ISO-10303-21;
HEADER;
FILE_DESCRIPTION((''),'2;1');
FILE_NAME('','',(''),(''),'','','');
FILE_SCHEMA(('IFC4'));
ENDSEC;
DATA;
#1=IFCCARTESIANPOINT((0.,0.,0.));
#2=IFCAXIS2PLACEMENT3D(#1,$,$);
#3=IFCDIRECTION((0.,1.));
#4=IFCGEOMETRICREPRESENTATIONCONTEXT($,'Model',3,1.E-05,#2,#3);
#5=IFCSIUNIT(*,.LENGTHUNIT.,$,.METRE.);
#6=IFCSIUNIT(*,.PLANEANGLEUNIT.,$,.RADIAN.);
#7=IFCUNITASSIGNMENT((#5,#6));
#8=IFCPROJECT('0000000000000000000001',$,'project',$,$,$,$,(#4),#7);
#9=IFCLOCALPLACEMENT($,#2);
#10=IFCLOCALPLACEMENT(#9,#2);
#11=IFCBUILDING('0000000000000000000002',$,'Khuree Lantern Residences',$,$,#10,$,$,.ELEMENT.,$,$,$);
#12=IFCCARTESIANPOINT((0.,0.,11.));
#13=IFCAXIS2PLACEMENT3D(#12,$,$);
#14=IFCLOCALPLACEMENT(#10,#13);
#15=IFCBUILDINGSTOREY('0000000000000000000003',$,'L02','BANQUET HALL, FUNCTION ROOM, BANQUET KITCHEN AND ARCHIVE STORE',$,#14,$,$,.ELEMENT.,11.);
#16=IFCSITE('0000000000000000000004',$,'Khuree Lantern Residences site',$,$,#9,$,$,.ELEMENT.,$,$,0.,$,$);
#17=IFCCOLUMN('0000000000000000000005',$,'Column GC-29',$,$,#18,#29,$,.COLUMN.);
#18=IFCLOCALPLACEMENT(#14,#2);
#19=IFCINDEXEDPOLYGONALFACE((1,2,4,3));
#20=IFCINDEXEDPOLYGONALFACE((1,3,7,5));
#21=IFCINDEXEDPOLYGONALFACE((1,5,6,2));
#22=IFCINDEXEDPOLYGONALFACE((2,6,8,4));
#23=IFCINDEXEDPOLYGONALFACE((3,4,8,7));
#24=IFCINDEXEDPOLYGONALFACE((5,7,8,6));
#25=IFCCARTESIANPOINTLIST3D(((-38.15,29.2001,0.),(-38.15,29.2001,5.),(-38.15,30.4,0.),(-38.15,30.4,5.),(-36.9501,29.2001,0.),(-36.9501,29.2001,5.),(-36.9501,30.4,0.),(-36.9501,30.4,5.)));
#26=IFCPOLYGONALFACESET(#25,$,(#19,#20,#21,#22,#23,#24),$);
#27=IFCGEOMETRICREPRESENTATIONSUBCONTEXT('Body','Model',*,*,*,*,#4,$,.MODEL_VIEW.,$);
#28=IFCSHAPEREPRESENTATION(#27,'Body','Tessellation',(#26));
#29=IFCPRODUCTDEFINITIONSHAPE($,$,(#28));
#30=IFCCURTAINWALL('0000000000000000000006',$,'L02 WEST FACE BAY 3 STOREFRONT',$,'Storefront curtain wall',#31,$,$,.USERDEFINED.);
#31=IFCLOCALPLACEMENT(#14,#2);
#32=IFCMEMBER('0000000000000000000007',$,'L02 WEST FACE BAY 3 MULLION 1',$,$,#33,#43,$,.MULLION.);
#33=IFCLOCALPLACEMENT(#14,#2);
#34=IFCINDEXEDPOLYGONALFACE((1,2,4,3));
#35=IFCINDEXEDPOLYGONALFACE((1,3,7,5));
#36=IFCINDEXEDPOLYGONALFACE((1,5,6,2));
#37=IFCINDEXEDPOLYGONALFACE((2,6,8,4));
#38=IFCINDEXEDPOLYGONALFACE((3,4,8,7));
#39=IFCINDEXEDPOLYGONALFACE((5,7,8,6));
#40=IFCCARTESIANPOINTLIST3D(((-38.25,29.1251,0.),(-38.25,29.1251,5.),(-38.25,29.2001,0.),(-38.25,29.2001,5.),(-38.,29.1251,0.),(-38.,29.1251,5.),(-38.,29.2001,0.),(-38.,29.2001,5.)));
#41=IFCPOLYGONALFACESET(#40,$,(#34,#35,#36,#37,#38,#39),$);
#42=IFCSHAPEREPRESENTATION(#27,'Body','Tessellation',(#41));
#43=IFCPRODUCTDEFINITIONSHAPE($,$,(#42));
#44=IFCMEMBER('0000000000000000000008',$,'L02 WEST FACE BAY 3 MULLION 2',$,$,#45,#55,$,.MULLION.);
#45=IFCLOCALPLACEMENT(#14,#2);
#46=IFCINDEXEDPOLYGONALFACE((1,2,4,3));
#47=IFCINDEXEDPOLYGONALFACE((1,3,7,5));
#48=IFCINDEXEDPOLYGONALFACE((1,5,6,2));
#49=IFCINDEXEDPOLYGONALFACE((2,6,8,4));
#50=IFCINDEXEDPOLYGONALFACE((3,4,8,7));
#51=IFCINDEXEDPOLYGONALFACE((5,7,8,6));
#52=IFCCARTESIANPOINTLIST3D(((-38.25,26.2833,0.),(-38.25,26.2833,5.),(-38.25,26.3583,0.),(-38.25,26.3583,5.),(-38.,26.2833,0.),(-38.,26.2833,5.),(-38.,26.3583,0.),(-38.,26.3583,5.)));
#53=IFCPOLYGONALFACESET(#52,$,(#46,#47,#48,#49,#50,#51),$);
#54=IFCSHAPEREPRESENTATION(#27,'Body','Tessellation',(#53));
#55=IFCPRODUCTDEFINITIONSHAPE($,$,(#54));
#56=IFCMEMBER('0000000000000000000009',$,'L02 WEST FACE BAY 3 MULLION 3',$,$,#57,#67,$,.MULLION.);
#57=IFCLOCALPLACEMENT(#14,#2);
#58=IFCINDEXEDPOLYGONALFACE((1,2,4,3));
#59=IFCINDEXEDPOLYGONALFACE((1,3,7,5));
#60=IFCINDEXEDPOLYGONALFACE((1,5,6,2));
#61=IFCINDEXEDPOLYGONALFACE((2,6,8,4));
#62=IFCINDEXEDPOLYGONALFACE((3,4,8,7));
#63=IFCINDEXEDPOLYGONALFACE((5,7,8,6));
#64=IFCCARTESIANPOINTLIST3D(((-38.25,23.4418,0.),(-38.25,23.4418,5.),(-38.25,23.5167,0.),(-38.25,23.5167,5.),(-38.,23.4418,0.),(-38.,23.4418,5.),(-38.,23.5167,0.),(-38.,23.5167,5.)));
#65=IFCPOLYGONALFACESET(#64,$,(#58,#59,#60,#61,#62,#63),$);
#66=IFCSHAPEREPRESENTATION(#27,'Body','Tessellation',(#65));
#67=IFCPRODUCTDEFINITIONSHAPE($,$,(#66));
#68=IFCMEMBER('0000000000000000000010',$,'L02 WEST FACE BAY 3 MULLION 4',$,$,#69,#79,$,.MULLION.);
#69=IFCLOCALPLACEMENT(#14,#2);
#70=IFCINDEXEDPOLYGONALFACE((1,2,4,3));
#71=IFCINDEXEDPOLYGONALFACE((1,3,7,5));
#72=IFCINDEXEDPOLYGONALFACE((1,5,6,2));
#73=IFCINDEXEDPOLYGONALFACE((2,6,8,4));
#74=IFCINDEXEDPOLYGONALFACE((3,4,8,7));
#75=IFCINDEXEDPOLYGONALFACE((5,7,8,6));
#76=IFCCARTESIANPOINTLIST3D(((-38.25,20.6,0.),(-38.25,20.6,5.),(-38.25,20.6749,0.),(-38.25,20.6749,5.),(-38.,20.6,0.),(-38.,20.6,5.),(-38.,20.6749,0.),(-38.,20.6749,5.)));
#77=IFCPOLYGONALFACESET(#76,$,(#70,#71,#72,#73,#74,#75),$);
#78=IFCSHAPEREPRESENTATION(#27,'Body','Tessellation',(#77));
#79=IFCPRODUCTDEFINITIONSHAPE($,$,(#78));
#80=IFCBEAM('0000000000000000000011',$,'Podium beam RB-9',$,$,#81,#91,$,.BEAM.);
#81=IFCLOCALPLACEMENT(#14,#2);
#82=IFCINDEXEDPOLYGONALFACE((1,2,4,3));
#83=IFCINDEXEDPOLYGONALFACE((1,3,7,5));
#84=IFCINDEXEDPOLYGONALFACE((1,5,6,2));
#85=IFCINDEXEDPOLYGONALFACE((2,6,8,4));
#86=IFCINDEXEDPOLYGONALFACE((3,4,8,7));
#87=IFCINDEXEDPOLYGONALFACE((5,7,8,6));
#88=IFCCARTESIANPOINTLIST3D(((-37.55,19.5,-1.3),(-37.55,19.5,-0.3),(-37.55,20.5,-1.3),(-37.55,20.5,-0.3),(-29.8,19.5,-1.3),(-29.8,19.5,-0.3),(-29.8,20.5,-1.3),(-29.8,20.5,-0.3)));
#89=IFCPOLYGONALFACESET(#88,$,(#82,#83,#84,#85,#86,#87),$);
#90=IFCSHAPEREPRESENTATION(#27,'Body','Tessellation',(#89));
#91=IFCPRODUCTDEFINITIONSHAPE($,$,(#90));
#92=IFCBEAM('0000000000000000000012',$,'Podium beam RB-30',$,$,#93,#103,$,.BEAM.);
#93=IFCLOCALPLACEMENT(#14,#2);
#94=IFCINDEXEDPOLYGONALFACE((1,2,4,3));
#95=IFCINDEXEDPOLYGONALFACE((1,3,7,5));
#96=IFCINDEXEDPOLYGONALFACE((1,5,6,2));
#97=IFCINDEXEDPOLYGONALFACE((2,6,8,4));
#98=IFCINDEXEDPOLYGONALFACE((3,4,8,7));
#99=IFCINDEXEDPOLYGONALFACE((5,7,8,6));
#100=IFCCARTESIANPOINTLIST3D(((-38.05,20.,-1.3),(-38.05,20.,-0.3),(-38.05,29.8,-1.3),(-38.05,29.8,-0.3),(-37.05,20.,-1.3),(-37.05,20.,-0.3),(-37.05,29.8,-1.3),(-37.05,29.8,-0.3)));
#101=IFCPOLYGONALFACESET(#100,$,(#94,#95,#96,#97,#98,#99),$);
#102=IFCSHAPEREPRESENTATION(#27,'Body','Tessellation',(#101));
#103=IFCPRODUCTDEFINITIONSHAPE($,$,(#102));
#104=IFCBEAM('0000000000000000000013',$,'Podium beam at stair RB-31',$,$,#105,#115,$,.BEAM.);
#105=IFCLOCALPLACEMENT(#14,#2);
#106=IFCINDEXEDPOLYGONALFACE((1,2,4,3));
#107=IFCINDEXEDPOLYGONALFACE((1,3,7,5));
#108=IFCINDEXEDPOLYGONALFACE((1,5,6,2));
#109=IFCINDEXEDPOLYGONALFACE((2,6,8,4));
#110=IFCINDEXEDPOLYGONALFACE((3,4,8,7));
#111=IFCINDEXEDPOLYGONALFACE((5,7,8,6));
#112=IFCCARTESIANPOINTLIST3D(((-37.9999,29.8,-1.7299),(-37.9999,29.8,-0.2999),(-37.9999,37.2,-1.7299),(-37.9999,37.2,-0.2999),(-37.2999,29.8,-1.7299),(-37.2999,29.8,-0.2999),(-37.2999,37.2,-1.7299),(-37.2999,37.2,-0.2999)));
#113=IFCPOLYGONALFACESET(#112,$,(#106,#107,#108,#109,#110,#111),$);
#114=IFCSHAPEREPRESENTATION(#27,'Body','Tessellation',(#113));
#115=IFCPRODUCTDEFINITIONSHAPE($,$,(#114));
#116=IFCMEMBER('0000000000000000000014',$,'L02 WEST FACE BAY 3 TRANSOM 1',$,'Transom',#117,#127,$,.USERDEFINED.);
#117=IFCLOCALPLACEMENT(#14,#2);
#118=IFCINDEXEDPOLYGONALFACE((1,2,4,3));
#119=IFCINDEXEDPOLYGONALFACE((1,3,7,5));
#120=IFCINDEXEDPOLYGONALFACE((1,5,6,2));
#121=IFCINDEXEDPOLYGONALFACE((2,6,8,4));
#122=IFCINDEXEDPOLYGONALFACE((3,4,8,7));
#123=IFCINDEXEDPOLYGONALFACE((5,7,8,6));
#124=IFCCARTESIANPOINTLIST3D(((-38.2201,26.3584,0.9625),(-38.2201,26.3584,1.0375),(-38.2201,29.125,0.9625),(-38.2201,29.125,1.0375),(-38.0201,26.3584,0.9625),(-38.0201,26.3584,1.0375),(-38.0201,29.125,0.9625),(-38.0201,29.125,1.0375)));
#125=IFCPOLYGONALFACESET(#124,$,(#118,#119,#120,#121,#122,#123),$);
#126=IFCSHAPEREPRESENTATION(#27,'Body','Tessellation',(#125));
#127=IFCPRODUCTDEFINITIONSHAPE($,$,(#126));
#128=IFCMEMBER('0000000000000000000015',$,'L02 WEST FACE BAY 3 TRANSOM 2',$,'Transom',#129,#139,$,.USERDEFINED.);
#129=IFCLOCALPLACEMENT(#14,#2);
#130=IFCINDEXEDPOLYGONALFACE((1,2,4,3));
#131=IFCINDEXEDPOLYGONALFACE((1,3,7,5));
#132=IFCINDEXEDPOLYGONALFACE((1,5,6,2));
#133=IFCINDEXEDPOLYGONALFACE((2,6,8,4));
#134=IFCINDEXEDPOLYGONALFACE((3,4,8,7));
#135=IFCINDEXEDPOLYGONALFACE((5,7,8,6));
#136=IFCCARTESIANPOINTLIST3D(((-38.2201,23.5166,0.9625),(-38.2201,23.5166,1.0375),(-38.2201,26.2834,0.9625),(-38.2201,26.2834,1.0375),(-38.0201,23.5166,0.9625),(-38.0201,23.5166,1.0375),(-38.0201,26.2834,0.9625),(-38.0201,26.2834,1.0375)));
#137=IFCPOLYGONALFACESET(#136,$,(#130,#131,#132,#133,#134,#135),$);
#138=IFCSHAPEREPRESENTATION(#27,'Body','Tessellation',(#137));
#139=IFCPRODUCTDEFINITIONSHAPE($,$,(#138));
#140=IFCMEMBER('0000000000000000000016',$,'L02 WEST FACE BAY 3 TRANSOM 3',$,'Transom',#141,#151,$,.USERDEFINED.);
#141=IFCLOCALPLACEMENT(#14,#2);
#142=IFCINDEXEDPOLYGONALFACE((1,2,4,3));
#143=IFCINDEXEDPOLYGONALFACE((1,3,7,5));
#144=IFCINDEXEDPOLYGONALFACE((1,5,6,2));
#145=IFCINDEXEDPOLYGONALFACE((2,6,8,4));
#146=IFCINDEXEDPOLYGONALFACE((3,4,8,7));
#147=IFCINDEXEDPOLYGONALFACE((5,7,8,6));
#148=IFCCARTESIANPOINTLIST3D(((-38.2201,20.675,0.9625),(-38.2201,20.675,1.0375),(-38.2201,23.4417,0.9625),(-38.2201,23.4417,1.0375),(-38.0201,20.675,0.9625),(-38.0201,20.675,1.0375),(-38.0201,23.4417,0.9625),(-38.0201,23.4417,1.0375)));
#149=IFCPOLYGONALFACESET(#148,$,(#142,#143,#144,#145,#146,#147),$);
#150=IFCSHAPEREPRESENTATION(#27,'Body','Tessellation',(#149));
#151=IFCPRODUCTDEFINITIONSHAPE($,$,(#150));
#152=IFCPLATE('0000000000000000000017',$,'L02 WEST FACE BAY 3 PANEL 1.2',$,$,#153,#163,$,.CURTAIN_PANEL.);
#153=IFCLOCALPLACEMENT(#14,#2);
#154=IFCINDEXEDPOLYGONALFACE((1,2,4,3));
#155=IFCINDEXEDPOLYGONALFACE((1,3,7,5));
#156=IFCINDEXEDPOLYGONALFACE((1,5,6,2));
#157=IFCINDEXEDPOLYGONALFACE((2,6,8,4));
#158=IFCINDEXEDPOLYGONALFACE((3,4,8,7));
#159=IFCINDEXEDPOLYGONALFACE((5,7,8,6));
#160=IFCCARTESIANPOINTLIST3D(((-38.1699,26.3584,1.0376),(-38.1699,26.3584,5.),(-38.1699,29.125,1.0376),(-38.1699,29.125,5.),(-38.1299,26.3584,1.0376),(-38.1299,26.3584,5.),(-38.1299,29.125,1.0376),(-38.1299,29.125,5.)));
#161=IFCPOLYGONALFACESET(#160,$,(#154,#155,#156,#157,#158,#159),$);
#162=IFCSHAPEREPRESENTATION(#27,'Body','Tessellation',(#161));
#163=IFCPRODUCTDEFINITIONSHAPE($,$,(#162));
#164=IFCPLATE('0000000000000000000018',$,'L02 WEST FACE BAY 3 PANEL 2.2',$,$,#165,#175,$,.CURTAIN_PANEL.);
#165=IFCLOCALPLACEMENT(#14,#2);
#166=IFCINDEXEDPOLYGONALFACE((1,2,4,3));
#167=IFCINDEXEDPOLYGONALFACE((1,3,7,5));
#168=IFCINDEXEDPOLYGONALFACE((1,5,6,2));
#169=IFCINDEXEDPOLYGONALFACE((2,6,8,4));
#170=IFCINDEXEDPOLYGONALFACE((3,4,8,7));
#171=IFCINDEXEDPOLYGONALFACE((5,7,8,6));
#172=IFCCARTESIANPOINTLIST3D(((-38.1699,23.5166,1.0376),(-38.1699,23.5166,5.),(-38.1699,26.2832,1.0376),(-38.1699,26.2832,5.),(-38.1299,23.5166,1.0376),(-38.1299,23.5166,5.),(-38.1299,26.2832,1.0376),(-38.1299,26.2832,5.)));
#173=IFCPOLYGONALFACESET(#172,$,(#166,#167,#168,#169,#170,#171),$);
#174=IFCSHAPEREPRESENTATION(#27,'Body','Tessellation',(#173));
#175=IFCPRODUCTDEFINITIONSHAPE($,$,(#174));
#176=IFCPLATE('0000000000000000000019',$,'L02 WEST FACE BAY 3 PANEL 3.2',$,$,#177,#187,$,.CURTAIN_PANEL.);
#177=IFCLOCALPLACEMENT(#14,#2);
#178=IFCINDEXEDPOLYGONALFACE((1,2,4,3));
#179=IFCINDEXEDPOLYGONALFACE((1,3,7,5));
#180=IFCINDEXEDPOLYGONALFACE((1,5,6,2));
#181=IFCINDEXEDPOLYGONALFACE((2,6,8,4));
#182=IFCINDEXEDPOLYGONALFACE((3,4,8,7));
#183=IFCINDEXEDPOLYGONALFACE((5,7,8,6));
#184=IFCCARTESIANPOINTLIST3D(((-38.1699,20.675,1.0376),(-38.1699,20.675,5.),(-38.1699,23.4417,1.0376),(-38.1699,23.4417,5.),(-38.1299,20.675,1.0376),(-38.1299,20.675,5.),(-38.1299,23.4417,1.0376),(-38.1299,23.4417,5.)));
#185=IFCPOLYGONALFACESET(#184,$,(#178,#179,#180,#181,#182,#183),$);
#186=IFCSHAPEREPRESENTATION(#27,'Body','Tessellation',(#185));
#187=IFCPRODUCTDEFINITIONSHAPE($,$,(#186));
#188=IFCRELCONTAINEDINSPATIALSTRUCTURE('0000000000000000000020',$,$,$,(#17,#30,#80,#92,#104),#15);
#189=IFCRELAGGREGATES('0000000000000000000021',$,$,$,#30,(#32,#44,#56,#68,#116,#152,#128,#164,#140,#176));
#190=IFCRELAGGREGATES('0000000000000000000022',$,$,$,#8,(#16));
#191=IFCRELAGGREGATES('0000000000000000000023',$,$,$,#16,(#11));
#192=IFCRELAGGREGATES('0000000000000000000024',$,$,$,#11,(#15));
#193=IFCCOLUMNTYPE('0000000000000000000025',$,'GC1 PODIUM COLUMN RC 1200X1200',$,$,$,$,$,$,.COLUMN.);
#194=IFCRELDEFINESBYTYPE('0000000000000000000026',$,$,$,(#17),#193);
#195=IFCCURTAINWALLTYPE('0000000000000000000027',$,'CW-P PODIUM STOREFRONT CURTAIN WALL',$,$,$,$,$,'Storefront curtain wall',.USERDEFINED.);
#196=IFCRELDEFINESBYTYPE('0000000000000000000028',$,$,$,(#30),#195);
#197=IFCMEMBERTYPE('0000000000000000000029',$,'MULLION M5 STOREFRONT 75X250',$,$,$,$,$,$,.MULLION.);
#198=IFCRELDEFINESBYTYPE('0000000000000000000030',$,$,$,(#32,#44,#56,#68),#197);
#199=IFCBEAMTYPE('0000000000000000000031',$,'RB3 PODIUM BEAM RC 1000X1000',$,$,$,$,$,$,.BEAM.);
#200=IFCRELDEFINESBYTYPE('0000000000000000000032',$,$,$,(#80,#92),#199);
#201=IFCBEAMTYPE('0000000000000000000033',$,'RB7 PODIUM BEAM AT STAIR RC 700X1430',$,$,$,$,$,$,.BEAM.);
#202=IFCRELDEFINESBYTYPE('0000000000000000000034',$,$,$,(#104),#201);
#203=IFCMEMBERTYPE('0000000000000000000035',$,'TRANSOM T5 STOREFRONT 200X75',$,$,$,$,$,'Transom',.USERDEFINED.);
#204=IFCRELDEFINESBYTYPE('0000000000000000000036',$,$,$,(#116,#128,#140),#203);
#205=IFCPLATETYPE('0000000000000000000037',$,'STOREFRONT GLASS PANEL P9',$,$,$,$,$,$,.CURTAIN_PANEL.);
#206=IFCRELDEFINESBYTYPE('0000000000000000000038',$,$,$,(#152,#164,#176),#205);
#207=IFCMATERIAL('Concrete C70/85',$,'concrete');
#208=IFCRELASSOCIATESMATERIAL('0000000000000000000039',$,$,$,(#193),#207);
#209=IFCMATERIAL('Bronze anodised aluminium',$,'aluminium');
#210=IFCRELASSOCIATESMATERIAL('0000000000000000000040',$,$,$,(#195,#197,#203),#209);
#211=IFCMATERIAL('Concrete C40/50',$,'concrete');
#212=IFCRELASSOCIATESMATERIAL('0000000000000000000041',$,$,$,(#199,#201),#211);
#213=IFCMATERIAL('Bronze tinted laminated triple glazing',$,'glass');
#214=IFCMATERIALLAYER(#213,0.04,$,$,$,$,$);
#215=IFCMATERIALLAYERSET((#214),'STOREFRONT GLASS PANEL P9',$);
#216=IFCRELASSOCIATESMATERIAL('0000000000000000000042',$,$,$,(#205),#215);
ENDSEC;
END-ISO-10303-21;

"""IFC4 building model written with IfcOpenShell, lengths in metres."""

from ifc_helpers import new_model, si_unit, direction, frame, origin, origin_2d, place, context, subcontext, project, spatial, rectangle, extrude, material, layer, layer_set, material_profile, profile_set, type_object, element, aggregate, save


model = new_model("IFC4")

# Units and contexts
model_context = context("Model", 3, precision=1e-05, world=origin(), true_north=direction((0.0, 1.0)))
body_context = subcontext(model_context, "Body", "Model", "MODEL_VIEW")
ifc_project = project(units=[si_unit("LENGTHUNIT", "METRE"), si_unit("PLANEANGLEUNIT", "RADIAN")], contexts=[model_context])

# Site, building, storey
site_placement = place(None, origin())
site = spatial("IfcSite", under=ifc_project, at=site_placement, Name="Khuree Lantern Residences site", CompositionType="ELEMENT", RefElevation=0.0)
building_placement = place(site_placement, origin())
building = spatial("IfcBuilding", under=site, at=building_placement, Name="Khuree Lantern Residences", CompositionType="ELEMENT")
storey_placement = place(building_placement, frame((0.0, 0.0, 11.0)))
storey = spatial("IfcBuildingStorey", under=building, at=storey_placement, Name="L02", Description="BANQUET HALL, FUNCTION ROOM, BANQUET KITCHEN AND ARCHIVE STORE", CompositionType="ELEMENT", Elevation=11.0)

# Column
ifc_material_1 = material(Name="Concrete C70/85", Category="concrete")
ifc_material_profile_1 = material_profile(ifc_material_1, rectangle(XDim=1.2, YDim=1.2, at=origin_2d()), Name="RC 1200X1200")
ifc_profile_set_1 = profile_set([ifc_material_profile_1], Name="Concrete C70/85")
column_type = type_object("IfcColumnType", Name="GC1 PODIUM COLUMN RC 1200X1200", PredefinedType="COLUMN", material=ifc_profile_set_1)
column_placement = place(storey_placement, frame((-37.55, 29.8, 0.0), z_axis=(0.0, 0.0, 1.0), x_axis=(1.0, 0.0, 0.0)))
element("IfcColumn", 1, at=column_placement, inside=storey, type_object=column_type, Name="Column GC-29", PredefinedType="COLUMN", context=body_context, shape_type="SweptSolid", body=[
    extrude(rectangle(XDim=1.2, YDim=1.2, at=origin_2d()), origin(), (0.0, 0.0, 1.0), 5.0),
])

# Curtain wall, members
ifc_material_2 = material(Name="Bronze anodised aluminium", Category="aluminium")
curtain_wall_type = type_object("IfcCurtainWallType", Name="CW-P PODIUM STOREFRONT CURTAIN WALL", ElementType="Storefront curtain wall", PredefinedType="USERDEFINED", material=ifc_material_2)
curtain_wall_placement = place(storey_placement, origin())
curtain_wall = element("IfcCurtainWall", 2, at=curtain_wall_placement, inside=storey, type_object=curtain_wall_type, Name="L02 WEST FACE BAY 3 STOREFRONT", ObjectType="Storefront curtain wall", PredefinedType="USERDEFINED")
ifc_material_profile_2 = material_profile(ifc_material_2, rectangle(XDim=0.075, YDim=0.25, at=origin_2d()), Name="M5 75X250")
ifc_profile_set_2 = profile_set([ifc_material_profile_2], Name="Bronze anodised aluminium")
member_type_1 = type_object("IfcMemberType", Name="MULLION M5 STOREFRONT 75X250", PredefinedType="MULLION", material=ifc_profile_set_2)
member_1_placement = place(storey_placement, frame((-38.125, 29.1626, 0.0), z_axis=(0.0, 0.0, 1.0), x_axis=(0.0, -1.0, 0.0)))
member_1 = element("IfcMember", 3, at=member_1_placement, type_object=member_type_1, Name="L02 WEST FACE BAY 3 MULLION 1", PredefinedType="MULLION", context=body_context, shape_type="SweptSolid", body=[
    extrude(rectangle(XDim=0.075, YDim=0.25, at=origin_2d()), origin(), (0.0, 0.0, 1.0), 5.0),
])
member_2_placement = place(storey_placement, frame((-38.125, 26.3208, 0.0), z_axis=(0.0, 0.0, 1.0), x_axis=(0.0, -1.0, 0.0)))
member_2 = element("IfcMember", 4, at=member_2_placement, type_object=member_type_1, Name="L02 WEST FACE BAY 3 MULLION 2", PredefinedType="MULLION", context=body_context, shape_type="SweptSolid", body=[
    extrude(rectangle(XDim=0.075, YDim=0.25, at=origin_2d()), origin(), (0.0, 0.0, 1.0), 5.0),
])
member_3_placement = place(storey_placement, frame((-38.125, 23.4792, 0.0), z_axis=(0.0, 0.0, 1.0), x_axis=(0.0, -1.0, 0.0)))
member_3 = element("IfcMember", 5, at=member_3_placement, type_object=member_type_1, Name="L02 WEST FACE BAY 3 MULLION 3", PredefinedType="MULLION", context=body_context, shape_type="SweptSolid", body=[
    extrude(rectangle(XDim=0.075, YDim=0.25, at=origin_2d()), origin(), (0.0, 0.0, 1.0), 5.0),
])
member_4_placement = place(storey_placement, frame((-38.125, 20.6375, 0.0), z_axis=(0.0, 0.0, 1.0), x_axis=(0.0, -1.0, 0.0)))
member_4 = element("IfcMember", 6, at=member_4_placement, type_object=member_type_1, Name="L02 WEST FACE BAY 3 MULLION 4", PredefinedType="MULLION", context=body_context, shape_type="SweptSolid", body=[
    extrude(rectangle(XDim=0.075, YDim=0.25, at=origin_2d()), origin(), (0.0, 0.0, 1.0), 5.0),
])

# Beams
ifc_material_3 = material(Name="Concrete C40/50", Category="concrete")
ifc_material_profile_3 = material_profile(ifc_material_3, rectangle(XDim=1.0, YDim=1.0, at=origin_2d()), Name="RC 1000X1000")
ifc_profile_set_3 = profile_set([ifc_material_profile_3], Name="Concrete C40/50")
beam_type_1 = type_object("IfcBeamType", Name="RB3 PODIUM BEAM RC 1000X1000", PredefinedType="BEAM", material=ifc_profile_set_3)
beam_1_placement = place(storey_placement, frame((-37.55, 20.0, -0.8), z_axis=(1.0, 0.0, 0.0), x_axis=(0.0, 1.0, 0.0)))
element("IfcBeam", 7, at=beam_1_placement, inside=storey, type_object=beam_type_1, Name="Podium beam RB-9", PredefinedType="BEAM", context=body_context, shape_type="SweptSolid", body=[
    extrude(rectangle(XDim=1.0, YDim=1.0, at=origin_2d()), origin(), (0.0, 0.0, 1.0), 7.75),
])
beam_2_placement = place(storey_placement, frame((-37.55, 20.0, -0.8), z_axis=(0.0, 1.0, 0.0), x_axis=(-1.0, 0.0, 0.0)))
element("IfcBeam", 8, at=beam_2_placement, inside=storey, type_object=beam_type_1, Name="Podium beam RB-30", PredefinedType="BEAM", context=body_context, shape_type="SweptSolid", body=[
    extrude(rectangle(XDim=1.0, YDim=1.0, at=origin_2d()), origin(), (0.0, 0.0, 1.0), 9.8),
])
ifc_material_profile_4 = material_profile(ifc_material_3, rectangle(XDim=0.7, YDim=1.4299, at=origin_2d()), Name="RC 700X1430")
ifc_profile_set_4 = profile_set([ifc_material_profile_4], Name="Concrete C40/50")
beam_type_2 = type_object("IfcBeamType", Name="RB7 PODIUM BEAM AT STAIR RC 700X1430", PredefinedType="BEAM", material=ifc_profile_set_4)
beam_3_placement = place(storey_placement, frame((-37.6499, 29.8, -1.0149), z_axis=(0.0, 1.0, 0.0), x_axis=(-1.0, 0.0, 0.0)))
element("IfcBeam", 9, at=beam_3_placement, inside=storey, type_object=beam_type_2, Name="Podium beam at stair RB-31", PredefinedType="BEAM", context=body_context, shape_type="SweptSolid", body=[
    extrude(rectangle(XDim=0.7, YDim=1.4299, at=origin_2d()), origin(), (0.0, 0.0, 1.0), 7.3999),
])

# Members
ifc_material_profile_5 = material_profile(ifc_material_2, rectangle(XDim=0.2, YDim=0.075, at=origin_2d()), Name="T5 200X75")
ifc_profile_set_5 = profile_set([ifc_material_profile_5], Name="Bronze anodised aluminium")
member_type_2 = type_object("IfcMemberType", Name="TRANSOM T5 STOREFRONT 200X75", ElementType="Transom", PredefinedType="USERDEFINED", material=ifc_profile_set_5)
member_5_placement = place(storey_placement, frame((-38.1201, 29.125, 1.0), z_axis=(0.0, -1.0, 0.0), x_axis=(1.0, 0.0, 0.0)))
member_5 = element("IfcMember", 10, at=member_5_placement, type_object=member_type_2, Name="L02 WEST FACE BAY 3 TRANSOM 1", ObjectType="Transom", PredefinedType="USERDEFINED", context=body_context, shape_type="SweptSolid", body=[
    extrude(rectangle(XDim=0.2, YDim=0.075, at=origin_2d()), origin(), (0.0, 0.0, 1.0), 2.7666),
])
member_6_placement = place(storey_placement, frame((-38.1201, 26.2834, 1.0), z_axis=(0.0, -1.0, 0.0), x_axis=(1.0, 0.0, 0.0)))
member_6 = element("IfcMember", 11, at=member_6_placement, type_object=member_type_2, Name="L02 WEST FACE BAY 3 TRANSOM 2", ObjectType="Transom", PredefinedType="USERDEFINED", context=body_context, shape_type="SweptSolid", body=[
    extrude(rectangle(XDim=0.2, YDim=0.075, at=origin_2d()), origin(), (0.0, 0.0, 1.0), 2.7668),
])
member_7_placement = place(storey_placement, frame((-38.1201, 23.4417, 1.0), z_axis=(0.0, -1.0, 0.0), x_axis=(1.0, 0.0, 0.0)))
member_7 = element("IfcMember", 12, at=member_7_placement, type_object=member_type_2, Name="L02 WEST FACE BAY 3 TRANSOM 3", ObjectType="Transom", PredefinedType="USERDEFINED", context=body_context, shape_type="SweptSolid", body=[
    extrude(rectangle(XDim=0.2, YDim=0.075, at=origin_2d()), origin(), (0.0, 0.0, 1.0), 2.7666),
])

# Plates
ifc_material_4 = material(Name="Bronze tinted laminated triple glazing", Category="glass")
ifc_layer_1 = layer(ifc_material_4, 0.04)
ifc_layer_set_1 = layer_set([ifc_layer_1], Name="STOREFRONT GLASS PANEL P9")
plate_type_1 = type_object("IfcPlateType", Name="STOREFRONT GLASS PANEL P9", PredefinedType="CURTAIN_PANEL", material=ifc_layer_set_1)
plate_1_placement = place(storey_placement, frame((-38.1499, 27.7417, 1.0376), z_axis=(0.0, 0.0, 1.0), x_axis=(0.0, -1.0, 0.0)))
plate_1 = element("IfcPlate", 13, at=plate_1_placement, type_object=plate_type_1, Name="L02 WEST FACE BAY 3 PANEL 1.2", PredefinedType="CURTAIN_PANEL", context=body_context, shape_type="SweptSolid", body=[
    extrude(rectangle(XDim=2.7666, YDim=0.04, at=origin_2d()), origin(), (0.0, 0.0, 1.0), 3.9624),
])
plate_2_placement = place(storey_placement, frame((-38.1499, 24.8999, 1.0376), z_axis=(0.0, 0.0, 1.0), x_axis=(0.0, -1.0, 0.0)))
plate_2 = element("IfcPlate", 14, at=plate_2_placement, type_object=plate_type_1, Name="L02 WEST FACE BAY 3 PANEL 2.2", PredefinedType="CURTAIN_PANEL", context=body_context, shape_type="SweptSolid", body=[
    extrude(rectangle(XDim=2.7666, YDim=0.04, at=origin_2d()), origin(), (0.0, 0.0, 1.0), 3.9624),
])
plate_3_placement = place(storey_placement, frame((-38.1499, 22.0583, 1.0376), z_axis=(0.0, 0.0, 1.0), x_axis=(0.0, -1.0, 0.0)))
plate_3 = element("IfcPlate", 15, at=plate_3_placement, type_object=plate_type_1, Name="L02 WEST FACE BAY 3 PANEL 3.2", PredefinedType="CURTAIN_PANEL", context=body_context, shape_type="SweptSolid", body=[
    extrude(rectangle(XDim=2.7666, YDim=0.04, at=origin_2d()), origin(), (0.0, 0.0, 1.0), 3.9624),
])
aggregate(curtain_wall, [member_1, member_2, member_3, member_4, member_5, plate_1, member_6, plate_2, member_7, plate_3])

save(model, "model.ifc")
